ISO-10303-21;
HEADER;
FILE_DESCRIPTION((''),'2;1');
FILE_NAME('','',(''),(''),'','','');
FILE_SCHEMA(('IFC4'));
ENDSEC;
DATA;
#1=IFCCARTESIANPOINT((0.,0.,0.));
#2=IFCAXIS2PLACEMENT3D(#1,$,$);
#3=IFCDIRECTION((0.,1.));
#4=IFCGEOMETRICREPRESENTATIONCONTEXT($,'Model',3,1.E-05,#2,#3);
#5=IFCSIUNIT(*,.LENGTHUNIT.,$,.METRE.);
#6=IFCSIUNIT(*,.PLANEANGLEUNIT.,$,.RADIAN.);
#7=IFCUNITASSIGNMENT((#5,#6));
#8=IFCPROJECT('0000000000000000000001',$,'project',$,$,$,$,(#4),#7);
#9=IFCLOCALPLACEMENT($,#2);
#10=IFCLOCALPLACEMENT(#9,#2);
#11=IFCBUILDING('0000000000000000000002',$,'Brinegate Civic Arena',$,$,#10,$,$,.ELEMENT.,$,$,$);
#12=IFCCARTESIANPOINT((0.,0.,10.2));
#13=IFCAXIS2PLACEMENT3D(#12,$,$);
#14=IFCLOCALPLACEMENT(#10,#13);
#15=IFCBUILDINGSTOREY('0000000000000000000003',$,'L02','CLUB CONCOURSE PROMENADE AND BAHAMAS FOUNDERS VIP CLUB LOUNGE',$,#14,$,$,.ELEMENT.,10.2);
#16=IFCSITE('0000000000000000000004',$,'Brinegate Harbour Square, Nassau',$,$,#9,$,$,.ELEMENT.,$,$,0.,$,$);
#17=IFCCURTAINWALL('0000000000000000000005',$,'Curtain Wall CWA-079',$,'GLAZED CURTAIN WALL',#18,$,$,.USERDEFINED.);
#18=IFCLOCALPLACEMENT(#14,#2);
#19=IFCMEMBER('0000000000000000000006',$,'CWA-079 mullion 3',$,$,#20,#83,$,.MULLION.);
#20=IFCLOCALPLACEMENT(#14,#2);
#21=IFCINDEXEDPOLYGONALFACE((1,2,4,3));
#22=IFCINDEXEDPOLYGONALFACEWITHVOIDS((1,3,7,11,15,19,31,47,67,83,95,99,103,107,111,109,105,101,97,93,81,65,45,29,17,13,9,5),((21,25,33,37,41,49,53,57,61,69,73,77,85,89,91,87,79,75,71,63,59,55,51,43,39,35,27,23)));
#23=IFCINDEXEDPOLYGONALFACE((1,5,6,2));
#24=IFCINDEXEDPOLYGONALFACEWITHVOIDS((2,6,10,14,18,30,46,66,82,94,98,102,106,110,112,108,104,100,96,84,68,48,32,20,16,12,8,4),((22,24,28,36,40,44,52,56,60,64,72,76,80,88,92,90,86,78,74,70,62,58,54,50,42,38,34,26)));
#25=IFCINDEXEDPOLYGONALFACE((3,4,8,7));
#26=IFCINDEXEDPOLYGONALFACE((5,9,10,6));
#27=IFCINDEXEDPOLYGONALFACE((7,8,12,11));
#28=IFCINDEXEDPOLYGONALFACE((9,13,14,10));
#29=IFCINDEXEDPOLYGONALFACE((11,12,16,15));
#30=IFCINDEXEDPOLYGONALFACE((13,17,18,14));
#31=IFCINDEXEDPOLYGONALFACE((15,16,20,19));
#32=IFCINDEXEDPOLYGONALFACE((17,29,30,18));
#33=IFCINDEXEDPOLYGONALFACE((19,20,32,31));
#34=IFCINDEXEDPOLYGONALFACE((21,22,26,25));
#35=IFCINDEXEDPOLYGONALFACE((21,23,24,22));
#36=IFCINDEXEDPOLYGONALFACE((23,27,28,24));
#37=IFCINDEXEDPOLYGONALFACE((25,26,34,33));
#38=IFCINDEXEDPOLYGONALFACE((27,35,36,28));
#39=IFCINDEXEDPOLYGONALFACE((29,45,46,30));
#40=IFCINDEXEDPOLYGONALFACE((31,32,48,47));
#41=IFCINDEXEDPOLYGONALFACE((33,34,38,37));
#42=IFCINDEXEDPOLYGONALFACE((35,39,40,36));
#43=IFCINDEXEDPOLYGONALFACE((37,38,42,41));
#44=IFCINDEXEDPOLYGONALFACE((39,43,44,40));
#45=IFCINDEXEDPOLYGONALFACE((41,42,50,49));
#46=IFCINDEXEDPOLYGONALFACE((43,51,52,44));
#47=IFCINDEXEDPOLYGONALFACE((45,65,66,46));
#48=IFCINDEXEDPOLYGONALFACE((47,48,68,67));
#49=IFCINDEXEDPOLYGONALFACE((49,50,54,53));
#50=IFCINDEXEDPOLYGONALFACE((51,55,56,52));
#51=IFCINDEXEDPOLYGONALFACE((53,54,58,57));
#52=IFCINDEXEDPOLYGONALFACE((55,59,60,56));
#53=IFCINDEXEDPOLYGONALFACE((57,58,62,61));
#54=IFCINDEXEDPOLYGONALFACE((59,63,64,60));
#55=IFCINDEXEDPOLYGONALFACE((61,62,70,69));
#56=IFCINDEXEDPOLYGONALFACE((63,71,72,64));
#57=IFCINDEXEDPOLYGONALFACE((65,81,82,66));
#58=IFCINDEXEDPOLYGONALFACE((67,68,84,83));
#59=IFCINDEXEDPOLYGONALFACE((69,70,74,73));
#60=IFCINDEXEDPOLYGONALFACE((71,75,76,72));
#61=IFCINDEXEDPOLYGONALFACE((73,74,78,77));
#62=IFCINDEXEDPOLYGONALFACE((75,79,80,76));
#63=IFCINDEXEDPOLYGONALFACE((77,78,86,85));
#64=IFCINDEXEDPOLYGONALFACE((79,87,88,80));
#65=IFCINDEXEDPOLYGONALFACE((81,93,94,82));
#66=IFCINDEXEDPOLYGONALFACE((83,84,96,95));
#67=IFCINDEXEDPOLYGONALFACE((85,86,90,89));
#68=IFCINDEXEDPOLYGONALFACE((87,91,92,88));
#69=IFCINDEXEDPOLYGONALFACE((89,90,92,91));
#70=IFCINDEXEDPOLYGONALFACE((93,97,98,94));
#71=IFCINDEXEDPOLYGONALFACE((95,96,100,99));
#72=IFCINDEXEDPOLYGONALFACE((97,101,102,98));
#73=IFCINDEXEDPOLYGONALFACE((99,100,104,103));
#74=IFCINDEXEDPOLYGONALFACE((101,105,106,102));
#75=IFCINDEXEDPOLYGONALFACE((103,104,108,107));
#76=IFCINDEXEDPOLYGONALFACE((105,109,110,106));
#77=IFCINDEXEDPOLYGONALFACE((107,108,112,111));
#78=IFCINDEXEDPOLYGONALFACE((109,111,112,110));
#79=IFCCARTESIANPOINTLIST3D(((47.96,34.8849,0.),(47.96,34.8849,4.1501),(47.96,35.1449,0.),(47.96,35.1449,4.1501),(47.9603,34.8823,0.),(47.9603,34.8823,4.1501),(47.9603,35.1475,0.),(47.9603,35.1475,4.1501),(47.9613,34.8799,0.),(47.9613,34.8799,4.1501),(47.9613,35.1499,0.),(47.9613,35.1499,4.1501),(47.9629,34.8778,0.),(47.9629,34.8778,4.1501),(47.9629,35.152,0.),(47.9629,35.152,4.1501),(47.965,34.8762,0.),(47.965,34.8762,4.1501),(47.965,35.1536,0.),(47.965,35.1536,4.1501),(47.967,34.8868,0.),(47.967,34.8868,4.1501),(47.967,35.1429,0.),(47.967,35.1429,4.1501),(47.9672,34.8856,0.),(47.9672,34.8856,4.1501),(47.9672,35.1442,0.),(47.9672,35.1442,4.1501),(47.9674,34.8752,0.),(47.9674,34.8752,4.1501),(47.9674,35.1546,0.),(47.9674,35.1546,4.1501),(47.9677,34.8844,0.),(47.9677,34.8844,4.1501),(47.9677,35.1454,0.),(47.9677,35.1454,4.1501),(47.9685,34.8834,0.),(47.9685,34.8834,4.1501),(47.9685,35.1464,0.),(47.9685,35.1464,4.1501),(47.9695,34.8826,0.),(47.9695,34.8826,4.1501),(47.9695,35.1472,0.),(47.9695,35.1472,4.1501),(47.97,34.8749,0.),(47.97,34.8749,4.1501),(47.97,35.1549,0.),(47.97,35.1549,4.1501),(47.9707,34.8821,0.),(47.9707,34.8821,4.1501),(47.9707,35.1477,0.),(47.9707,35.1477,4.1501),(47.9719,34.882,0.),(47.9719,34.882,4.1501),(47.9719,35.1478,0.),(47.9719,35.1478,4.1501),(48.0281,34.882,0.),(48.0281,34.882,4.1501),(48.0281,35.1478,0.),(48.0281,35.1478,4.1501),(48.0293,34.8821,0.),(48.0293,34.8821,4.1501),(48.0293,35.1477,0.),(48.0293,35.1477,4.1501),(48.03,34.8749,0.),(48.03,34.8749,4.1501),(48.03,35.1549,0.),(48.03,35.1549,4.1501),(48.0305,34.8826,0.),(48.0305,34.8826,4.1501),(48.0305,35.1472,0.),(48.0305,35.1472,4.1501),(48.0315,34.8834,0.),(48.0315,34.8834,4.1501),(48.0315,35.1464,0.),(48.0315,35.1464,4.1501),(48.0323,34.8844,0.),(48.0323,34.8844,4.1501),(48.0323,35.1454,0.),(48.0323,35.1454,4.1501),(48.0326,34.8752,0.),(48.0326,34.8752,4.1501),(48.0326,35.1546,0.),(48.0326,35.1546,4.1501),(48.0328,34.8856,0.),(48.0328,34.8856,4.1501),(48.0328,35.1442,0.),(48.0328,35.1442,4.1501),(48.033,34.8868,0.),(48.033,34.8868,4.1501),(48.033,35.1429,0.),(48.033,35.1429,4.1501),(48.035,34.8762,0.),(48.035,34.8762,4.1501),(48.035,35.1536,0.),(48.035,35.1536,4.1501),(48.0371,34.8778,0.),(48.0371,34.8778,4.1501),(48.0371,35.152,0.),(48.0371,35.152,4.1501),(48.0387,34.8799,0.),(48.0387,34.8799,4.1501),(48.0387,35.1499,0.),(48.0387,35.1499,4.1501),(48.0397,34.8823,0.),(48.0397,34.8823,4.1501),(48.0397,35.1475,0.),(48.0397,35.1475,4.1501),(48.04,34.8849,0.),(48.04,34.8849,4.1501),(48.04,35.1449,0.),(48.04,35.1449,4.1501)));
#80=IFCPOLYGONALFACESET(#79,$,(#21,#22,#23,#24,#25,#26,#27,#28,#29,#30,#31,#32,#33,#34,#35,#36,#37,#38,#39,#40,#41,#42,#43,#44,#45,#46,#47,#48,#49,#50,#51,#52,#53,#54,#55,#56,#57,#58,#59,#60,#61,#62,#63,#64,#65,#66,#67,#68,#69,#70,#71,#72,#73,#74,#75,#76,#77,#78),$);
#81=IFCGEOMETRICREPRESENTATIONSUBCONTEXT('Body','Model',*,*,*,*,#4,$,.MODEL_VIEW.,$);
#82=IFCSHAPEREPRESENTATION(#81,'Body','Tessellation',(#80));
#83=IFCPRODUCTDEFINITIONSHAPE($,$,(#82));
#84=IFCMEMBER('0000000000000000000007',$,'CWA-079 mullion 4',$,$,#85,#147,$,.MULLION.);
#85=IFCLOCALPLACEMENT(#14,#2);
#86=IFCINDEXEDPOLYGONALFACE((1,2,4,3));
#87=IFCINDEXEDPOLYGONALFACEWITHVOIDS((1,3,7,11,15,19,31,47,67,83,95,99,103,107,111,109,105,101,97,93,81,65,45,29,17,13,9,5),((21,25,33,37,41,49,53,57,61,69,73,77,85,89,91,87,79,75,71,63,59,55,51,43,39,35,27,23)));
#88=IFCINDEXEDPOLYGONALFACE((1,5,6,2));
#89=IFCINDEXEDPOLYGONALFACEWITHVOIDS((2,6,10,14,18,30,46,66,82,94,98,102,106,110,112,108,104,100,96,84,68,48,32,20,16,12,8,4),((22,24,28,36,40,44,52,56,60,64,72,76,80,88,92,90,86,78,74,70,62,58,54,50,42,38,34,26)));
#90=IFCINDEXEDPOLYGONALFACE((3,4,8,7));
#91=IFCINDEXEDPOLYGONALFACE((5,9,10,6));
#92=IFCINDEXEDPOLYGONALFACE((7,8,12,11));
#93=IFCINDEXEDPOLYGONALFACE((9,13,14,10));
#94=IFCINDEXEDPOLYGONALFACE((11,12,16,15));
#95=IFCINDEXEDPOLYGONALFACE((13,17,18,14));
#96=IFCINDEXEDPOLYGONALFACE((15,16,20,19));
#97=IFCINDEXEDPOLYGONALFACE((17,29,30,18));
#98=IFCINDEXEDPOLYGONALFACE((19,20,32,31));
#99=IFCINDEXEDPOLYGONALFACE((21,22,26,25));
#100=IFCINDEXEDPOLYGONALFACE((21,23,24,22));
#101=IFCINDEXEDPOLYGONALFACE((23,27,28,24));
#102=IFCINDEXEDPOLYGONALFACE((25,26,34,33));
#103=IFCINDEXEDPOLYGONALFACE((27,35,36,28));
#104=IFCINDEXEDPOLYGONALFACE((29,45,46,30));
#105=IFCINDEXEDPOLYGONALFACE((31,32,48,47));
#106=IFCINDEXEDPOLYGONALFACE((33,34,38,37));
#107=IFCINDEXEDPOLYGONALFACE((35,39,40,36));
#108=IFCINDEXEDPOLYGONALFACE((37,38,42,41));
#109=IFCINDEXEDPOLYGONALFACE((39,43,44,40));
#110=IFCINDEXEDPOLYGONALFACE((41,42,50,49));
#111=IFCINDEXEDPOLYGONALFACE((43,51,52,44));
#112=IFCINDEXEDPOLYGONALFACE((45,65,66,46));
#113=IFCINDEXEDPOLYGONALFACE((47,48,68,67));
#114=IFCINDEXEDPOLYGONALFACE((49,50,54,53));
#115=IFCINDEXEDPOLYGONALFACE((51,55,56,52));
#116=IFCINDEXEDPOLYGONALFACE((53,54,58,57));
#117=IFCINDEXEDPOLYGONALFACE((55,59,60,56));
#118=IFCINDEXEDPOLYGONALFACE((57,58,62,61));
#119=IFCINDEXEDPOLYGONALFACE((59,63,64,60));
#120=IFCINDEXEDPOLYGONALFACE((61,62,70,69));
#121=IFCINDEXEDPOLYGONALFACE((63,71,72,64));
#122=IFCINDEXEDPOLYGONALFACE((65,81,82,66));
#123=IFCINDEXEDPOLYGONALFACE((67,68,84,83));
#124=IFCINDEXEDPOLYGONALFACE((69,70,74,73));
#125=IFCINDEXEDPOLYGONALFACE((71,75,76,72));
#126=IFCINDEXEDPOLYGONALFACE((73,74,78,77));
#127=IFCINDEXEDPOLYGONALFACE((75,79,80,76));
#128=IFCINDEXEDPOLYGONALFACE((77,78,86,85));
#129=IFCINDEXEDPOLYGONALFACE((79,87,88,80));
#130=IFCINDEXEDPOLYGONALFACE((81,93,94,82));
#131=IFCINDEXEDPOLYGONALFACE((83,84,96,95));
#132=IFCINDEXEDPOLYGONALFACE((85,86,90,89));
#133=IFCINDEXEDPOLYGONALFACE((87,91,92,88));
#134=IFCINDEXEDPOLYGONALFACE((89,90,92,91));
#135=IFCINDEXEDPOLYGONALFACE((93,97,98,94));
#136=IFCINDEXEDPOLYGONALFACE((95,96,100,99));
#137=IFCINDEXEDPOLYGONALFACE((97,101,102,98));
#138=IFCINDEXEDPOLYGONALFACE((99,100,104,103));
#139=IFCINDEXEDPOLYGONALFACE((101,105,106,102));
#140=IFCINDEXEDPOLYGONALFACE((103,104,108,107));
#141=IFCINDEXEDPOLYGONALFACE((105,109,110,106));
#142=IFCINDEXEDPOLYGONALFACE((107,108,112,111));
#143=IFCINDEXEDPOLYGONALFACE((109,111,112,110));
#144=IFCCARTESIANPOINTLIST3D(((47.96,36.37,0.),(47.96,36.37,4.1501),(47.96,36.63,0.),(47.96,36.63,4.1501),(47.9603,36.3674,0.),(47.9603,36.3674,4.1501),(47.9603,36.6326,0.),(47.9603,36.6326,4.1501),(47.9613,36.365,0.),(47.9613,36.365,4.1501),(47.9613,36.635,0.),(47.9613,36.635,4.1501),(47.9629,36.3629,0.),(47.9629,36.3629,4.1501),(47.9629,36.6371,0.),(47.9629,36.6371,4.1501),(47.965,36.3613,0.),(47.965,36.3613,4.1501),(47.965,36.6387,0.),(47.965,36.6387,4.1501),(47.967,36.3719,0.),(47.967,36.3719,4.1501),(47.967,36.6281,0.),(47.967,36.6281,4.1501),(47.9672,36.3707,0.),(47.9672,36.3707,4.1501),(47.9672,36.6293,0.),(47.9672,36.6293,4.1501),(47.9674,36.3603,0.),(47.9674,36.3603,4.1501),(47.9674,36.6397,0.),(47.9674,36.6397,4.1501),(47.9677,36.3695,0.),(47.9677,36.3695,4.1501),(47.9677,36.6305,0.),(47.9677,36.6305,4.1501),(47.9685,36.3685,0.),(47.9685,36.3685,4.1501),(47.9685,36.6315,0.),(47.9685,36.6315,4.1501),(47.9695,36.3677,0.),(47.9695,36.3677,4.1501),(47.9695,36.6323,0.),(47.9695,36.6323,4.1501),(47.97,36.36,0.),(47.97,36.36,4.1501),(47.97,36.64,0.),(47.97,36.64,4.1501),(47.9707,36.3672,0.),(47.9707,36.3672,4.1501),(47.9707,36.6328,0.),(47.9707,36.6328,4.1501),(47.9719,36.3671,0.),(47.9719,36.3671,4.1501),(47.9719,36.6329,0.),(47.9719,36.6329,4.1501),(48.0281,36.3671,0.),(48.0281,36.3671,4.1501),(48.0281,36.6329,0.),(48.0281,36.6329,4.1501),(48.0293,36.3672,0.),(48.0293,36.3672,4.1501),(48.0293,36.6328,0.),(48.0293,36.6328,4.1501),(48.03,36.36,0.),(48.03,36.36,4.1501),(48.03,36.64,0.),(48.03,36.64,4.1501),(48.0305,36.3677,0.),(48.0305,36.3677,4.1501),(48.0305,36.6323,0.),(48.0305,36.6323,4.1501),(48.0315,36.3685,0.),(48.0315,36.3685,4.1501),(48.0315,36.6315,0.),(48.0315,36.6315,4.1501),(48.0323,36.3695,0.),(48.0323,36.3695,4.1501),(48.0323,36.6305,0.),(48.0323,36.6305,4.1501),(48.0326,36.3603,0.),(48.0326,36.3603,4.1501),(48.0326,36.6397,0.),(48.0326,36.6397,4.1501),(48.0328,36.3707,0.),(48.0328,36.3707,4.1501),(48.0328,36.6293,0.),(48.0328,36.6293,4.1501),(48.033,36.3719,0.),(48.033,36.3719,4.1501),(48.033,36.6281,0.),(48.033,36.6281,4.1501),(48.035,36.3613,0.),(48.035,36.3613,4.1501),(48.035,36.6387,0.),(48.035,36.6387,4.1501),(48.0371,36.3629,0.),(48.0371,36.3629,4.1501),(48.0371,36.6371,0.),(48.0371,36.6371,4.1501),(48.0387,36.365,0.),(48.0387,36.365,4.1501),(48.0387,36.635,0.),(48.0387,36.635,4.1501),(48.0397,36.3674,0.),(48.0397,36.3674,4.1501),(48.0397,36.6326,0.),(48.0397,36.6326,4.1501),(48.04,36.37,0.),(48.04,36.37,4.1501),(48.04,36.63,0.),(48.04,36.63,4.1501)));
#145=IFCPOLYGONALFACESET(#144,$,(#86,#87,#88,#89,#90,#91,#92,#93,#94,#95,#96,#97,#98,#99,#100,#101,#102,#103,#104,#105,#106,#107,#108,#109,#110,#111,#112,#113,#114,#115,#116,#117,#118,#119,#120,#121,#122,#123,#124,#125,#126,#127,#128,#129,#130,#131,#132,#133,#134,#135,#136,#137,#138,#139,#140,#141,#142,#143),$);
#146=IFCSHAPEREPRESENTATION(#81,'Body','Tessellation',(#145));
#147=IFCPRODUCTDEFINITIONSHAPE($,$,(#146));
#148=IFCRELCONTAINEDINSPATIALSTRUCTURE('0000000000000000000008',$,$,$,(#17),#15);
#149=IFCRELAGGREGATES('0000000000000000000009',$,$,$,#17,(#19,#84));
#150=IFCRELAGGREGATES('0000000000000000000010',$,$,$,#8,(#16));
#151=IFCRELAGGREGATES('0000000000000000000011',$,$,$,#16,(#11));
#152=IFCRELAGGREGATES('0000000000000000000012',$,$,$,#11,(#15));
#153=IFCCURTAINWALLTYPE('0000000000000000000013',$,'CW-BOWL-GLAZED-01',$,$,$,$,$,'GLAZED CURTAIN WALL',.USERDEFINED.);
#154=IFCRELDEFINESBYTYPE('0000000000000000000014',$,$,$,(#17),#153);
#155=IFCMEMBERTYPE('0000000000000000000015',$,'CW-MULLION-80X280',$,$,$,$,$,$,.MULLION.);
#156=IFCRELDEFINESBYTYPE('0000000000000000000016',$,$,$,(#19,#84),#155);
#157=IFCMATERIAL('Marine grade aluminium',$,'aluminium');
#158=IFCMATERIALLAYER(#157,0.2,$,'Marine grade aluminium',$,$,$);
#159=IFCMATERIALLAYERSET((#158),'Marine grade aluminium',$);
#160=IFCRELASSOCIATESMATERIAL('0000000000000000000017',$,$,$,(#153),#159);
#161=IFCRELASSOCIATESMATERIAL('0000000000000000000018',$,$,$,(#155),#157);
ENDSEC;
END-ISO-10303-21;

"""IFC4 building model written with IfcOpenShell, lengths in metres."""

from ifc_helpers import new_model, si_unit, direction, frame, origin, origin_2d, place, context, subcontext, project, spatial, hollow_rectangle, extrude, material, layer, layer_set, material_profile, profile_set, type_object, element, aggregate, save


model = new_model("IFC4")

# Units and contexts
model_context = context("Model", 3, precision=1e-05, world=origin(), true_north=direction((0.0, 1.0)))
body_context = subcontext(model_context, "Body", "Model", "MODEL_VIEW")
ifc_project = project(units=[si_unit("LENGTHUNIT", "METRE"), si_unit("PLANEANGLEUNIT", "RADIAN")], contexts=[model_context])

# Site, building, storey
site_placement = place(None, origin())
site = spatial("IfcSite", under=ifc_project, at=site_placement, Name="Brinegate Harbour Square, Nassau", CompositionType="ELEMENT", RefElevation=0.0)
building_placement = place(site_placement, origin())
building = spatial("IfcBuilding", under=site, at=building_placement, Name="Brinegate Civic Arena", CompositionType="ELEMENT")
storey_placement = place(building_placement, frame((0.0, 0.0, 10.2)))
storey = spatial("IfcBuildingStorey", under=building, at=storey_placement, Name="L02", Description="CLUB CONCOURSE PROMENADE AND BAHAMAS FOUNDERS VIP CLUB LOUNGE", CompositionType="ELEMENT", Elevation=10.2)

# Curtain wall, members
ifc_material_1 = material(Name="Marine grade aluminium", Category="aluminium")
ifc_layer_1 = layer(ifc_material_1, 0.2, Name="Marine grade aluminium")
ifc_layer_set_1 = layer_set([ifc_layer_1], Name="Marine grade aluminium")
curtain_wall_type = type_object("IfcCurtainWallType", Name="CW-BOWL-GLAZED-01", ElementType="GLAZED CURTAIN WALL", PredefinedType="USERDEFINED", material=ifc_layer_set_1)
curtain_wall_placement = place(storey_placement, origin())
curtain_wall = element("IfcCurtainWall", 1, at=curtain_wall_placement, inside=storey, type_object=curtain_wall_type, Name="Curtain Wall CWA-079", ObjectType="GLAZED CURTAIN WALL", PredefinedType="USERDEFINED")
ifc_material_profile_1 = material_profile(ifc_material_1, hollow_rectangle(XDim=0.0801, YDim=0.28, WallThickness=0.0071, InnerFilletRadius=0.0049, OuterFilletRadius=0.01, at=origin_2d()), Name="MUL80X280")
ifc_profile_set_1 = profile_set([ifc_material_profile_1], Name="Marine grade aluminium")
member_type_1 = type_object("IfcMemberType", Name="CW-MULLION-80X280", PredefinedType="MULLION", material=ifc_profile_set_1)
member_1_placement = place(storey_placement, frame((48.0, 35.0149, 0.0), z_axis=(0.0, 0.0, 1.0), x_axis=(-1.0, 0.0, 0.0)))
member_1 = element("IfcMember", 2, at=member_1_placement, type_object=member_type_1, Name="CWA-079 mullion 3", PredefinedType="MULLION", context=body_context, shape_type="SweptSolid", body=[
    extrude(hollow_rectangle(XDim=0.0801, YDim=0.28, WallThickness=0.0071, InnerFilletRadius=0.0049, OuterFilletRadius=0.01, at=origin_2d()), origin(), (0.0, 0.0, 1.0), 4.1501),
])
member_2_placement = place(storey_placement, frame((48.0, 36.5, 0.0), z_axis=(0.0, 0.0, 1.0), x_axis=(-1.0, 0.0, 0.0)))
member_2 = element("IfcMember", 3, at=member_2_placement, type_object=member_type_1, Name="CWA-079 mullion 4", PredefinedType="MULLION", context=body_context, shape_type="SweptSolid", body=[
    extrude(hollow_rectangle(XDim=0.0801, YDim=0.28, WallThickness=0.0071, InnerFilletRadius=0.0049, OuterFilletRadius=0.01, at=origin_2d()), origin(), (0.0, 0.0, 1.0), 4.1501),
])
aggregate(curtain_wall, [member_1, member_2])

save(model, "model.ifc")
